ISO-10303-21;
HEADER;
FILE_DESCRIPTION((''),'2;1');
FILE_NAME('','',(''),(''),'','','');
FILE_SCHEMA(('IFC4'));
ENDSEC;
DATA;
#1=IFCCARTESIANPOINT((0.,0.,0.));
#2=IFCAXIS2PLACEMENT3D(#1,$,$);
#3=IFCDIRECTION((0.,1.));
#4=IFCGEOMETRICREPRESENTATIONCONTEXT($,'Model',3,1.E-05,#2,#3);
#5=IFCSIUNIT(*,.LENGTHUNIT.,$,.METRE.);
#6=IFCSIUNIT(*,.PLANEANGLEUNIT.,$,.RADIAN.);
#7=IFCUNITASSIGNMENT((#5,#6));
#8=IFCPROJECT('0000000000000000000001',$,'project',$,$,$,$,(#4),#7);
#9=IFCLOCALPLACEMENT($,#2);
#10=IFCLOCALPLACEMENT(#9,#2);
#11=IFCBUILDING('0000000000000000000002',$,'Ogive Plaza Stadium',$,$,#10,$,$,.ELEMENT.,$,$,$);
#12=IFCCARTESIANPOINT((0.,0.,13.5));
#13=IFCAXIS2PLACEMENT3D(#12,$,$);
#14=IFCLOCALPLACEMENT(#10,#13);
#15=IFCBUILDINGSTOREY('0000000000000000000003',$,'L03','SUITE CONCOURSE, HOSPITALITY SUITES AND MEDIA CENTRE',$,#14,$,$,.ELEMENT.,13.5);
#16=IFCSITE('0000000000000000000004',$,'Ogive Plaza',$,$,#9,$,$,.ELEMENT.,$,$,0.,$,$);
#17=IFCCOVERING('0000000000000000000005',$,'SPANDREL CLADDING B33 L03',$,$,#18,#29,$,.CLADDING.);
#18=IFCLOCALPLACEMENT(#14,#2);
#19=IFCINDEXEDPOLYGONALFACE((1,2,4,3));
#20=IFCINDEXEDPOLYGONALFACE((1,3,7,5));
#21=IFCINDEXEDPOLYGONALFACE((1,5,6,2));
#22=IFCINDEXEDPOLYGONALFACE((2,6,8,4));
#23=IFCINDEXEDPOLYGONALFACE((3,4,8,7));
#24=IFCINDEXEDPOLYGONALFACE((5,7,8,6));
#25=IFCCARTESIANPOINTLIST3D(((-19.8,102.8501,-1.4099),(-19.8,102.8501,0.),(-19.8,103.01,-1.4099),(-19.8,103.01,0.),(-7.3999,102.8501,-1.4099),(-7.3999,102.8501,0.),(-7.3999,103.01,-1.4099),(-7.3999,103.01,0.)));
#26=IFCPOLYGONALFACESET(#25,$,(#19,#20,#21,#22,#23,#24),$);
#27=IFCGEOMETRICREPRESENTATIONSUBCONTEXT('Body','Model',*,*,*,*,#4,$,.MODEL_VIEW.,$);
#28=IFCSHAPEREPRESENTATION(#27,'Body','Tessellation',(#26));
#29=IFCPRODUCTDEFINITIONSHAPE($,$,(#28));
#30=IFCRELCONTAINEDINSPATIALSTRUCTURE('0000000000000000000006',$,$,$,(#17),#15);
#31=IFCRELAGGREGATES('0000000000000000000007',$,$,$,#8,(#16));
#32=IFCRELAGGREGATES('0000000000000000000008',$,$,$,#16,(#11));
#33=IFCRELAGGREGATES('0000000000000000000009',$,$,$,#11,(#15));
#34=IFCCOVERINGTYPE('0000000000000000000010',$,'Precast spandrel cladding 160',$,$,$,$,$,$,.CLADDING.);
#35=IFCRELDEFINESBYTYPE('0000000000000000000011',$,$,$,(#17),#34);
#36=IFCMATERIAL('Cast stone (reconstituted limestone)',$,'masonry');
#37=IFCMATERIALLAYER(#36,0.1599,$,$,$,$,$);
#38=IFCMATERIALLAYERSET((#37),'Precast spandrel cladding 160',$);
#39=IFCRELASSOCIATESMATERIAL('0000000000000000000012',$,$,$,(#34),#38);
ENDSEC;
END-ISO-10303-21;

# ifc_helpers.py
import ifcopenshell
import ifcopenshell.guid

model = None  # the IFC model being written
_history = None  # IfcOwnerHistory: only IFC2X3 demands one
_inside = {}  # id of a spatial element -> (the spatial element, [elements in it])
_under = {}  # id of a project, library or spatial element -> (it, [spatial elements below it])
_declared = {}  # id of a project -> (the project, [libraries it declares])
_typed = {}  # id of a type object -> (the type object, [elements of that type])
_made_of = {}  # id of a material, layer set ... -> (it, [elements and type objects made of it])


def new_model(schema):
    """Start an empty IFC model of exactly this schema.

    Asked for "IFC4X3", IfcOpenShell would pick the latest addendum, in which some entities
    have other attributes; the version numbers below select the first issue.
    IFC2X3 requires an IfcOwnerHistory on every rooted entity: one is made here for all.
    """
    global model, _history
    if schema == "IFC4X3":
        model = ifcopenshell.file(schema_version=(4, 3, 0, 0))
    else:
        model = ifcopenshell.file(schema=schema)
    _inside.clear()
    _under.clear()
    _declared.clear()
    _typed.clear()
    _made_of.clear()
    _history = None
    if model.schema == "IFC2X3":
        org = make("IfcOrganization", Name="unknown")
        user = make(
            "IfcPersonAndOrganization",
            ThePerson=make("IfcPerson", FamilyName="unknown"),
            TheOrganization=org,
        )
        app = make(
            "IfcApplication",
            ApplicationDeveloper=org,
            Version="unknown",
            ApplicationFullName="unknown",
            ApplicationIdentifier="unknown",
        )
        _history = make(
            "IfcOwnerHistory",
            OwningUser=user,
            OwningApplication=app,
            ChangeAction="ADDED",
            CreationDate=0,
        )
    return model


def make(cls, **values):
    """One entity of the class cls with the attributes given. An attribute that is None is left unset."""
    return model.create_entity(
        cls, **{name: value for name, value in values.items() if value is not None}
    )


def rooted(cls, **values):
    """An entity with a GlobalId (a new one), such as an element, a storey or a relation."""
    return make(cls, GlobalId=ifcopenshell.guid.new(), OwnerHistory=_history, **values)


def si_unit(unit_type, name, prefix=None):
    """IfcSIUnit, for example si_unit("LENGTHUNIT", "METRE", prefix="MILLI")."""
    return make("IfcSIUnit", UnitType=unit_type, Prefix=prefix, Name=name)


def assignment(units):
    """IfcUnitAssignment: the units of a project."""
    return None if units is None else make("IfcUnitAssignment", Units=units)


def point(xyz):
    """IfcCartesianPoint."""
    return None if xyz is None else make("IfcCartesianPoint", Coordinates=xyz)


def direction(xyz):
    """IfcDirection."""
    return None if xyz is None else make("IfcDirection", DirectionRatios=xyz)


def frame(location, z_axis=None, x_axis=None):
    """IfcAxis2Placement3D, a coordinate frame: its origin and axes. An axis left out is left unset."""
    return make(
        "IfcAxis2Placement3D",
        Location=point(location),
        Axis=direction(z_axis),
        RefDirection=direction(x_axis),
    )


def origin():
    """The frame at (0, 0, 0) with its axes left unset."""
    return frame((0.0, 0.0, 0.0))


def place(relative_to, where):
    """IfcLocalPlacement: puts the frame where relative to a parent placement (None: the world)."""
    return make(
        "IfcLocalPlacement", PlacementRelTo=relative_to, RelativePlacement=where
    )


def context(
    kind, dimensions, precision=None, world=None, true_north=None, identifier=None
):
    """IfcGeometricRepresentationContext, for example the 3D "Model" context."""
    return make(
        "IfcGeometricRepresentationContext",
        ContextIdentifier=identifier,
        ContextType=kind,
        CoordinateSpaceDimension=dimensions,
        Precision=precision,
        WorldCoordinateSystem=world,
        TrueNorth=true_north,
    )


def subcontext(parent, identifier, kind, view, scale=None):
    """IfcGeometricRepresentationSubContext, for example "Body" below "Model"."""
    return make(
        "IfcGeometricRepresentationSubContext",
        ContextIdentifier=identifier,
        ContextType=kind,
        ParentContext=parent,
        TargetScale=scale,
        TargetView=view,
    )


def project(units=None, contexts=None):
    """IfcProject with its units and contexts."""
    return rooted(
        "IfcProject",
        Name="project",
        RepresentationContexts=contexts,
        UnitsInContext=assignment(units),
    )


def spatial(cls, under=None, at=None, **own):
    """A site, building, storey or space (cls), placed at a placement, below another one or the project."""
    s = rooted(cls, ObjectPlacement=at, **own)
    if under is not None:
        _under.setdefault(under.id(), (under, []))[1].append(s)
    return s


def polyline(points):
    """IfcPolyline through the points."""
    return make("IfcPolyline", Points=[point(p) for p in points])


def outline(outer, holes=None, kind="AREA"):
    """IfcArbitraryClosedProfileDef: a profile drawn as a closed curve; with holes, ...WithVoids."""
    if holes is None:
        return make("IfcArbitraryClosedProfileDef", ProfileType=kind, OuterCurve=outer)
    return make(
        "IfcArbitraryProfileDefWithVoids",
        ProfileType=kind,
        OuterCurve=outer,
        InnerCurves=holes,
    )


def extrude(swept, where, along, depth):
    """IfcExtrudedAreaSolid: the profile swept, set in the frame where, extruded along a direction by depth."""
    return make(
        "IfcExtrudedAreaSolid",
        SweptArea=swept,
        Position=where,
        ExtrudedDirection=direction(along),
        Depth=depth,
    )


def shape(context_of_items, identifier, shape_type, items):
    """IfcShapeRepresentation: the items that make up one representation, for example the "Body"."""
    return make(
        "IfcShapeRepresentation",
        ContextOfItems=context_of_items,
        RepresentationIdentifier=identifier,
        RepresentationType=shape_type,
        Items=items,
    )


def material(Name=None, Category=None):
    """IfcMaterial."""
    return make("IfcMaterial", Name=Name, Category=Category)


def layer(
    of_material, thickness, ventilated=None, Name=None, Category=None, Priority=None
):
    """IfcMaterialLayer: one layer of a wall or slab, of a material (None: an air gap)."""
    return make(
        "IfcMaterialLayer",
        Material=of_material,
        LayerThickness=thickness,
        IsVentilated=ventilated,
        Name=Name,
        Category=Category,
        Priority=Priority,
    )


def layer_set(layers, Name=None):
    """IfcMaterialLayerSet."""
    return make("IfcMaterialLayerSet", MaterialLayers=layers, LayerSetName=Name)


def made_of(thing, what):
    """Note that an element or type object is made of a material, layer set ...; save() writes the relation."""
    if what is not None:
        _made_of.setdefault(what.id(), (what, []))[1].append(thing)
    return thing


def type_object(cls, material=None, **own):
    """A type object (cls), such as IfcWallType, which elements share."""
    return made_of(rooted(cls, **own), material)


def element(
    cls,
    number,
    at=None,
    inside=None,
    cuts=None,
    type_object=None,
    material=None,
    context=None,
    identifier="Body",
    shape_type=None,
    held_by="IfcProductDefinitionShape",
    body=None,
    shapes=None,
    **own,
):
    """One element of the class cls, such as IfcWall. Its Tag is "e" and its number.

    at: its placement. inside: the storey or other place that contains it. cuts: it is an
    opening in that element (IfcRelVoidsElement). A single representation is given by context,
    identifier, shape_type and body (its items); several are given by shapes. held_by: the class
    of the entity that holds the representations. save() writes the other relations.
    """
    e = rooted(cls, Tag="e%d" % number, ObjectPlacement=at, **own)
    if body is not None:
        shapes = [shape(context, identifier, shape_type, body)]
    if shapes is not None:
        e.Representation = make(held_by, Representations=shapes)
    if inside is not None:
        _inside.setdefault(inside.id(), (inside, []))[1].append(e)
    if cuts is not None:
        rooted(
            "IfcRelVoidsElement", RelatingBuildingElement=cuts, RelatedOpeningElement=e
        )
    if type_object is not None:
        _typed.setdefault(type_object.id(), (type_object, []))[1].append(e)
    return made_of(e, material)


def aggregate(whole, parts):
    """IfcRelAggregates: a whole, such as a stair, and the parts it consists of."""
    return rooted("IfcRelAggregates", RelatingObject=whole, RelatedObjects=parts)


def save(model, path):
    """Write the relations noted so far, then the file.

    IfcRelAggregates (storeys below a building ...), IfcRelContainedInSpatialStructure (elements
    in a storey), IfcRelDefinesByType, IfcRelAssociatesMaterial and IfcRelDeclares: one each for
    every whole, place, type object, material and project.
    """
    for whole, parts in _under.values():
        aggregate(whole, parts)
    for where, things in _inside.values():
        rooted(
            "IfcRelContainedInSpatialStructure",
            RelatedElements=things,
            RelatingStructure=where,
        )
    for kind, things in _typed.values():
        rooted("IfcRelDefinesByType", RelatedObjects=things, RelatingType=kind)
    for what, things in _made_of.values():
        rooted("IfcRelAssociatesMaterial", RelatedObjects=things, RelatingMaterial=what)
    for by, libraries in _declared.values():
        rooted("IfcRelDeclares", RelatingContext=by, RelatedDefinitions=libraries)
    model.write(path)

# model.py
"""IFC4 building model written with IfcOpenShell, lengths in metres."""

from ifc_helpers import new_model, si_unit, direction, frame, origin, place, context, subcontext, project, spatial, polyline, outline, extrude, material, layer, layer_set, type_object, element, save


model = new_model("IFC4")

# Units and contexts
model_context = context("Model", 3, precision=1e-05, world=origin(), true_north=direction((0.0, 1.0)))
body_context = subcontext(model_context, "Body", "Model", "MODEL_VIEW")
ifc_project = project(units=[si_unit("LENGTHUNIT", "METRE"), si_unit("PLANEANGLEUNIT", "RADIAN")], contexts=[model_context])

# Site, building, storey
site_placement = place(None, origin())
site = spatial("IfcSite", under=ifc_project, at=site_placement, Name="Ogive Plaza", CompositionType="ELEMENT", RefElevation=0.0)
building_placement = place(site_placement, origin())
building = spatial("IfcBuilding", under=site, at=building_placement, Name="Ogive Plaza Stadium", CompositionType="ELEMENT")
storey_placement = place(building_placement, frame((0.0, 0.0, 13.5)))
storey = spatial("IfcBuildingStorey", under=building, at=storey_placement, Name="L03", Description="SUITE CONCOURSE, HOSPITALITY SUITES AND MEDIA CENTRE", CompositionType="ELEMENT", Elevation=13.5)

# Covering
ifc_material = material(Name="Cast stone (reconstituted limestone)", Category="masonry")
ifc_layer = layer(ifc_material, 0.1599)
ifc_layer_set = layer_set([ifc_layer], Name="Precast spandrel cladding 160")
covering_type = type_object("IfcCoveringType", Name="Precast spandrel cladding 160", PredefinedType="CLADDING", material=ifc_layer_set)
covering_1_placement = place(storey_placement, frame((0.0, 0.0, -1.4099)))
element("IfcCovering", 1, at=covering_1_placement, inside=storey, type_object=covering_type, Name="SPANDREL CLADDING B33 L03", PredefinedType="CLADDING", context=body_context, shape_type="SweptSolid", body=[
    extrude(outline(polyline([(-19.8, 102.8501), (-7.3999, 102.8501), (-7.3999, 103.01), (-19.8, 103.01), (-19.8, 102.8501)])), origin(), (0.0, 0.0, 1.0), 1.4099),
])

save(model, "model.ifc")
